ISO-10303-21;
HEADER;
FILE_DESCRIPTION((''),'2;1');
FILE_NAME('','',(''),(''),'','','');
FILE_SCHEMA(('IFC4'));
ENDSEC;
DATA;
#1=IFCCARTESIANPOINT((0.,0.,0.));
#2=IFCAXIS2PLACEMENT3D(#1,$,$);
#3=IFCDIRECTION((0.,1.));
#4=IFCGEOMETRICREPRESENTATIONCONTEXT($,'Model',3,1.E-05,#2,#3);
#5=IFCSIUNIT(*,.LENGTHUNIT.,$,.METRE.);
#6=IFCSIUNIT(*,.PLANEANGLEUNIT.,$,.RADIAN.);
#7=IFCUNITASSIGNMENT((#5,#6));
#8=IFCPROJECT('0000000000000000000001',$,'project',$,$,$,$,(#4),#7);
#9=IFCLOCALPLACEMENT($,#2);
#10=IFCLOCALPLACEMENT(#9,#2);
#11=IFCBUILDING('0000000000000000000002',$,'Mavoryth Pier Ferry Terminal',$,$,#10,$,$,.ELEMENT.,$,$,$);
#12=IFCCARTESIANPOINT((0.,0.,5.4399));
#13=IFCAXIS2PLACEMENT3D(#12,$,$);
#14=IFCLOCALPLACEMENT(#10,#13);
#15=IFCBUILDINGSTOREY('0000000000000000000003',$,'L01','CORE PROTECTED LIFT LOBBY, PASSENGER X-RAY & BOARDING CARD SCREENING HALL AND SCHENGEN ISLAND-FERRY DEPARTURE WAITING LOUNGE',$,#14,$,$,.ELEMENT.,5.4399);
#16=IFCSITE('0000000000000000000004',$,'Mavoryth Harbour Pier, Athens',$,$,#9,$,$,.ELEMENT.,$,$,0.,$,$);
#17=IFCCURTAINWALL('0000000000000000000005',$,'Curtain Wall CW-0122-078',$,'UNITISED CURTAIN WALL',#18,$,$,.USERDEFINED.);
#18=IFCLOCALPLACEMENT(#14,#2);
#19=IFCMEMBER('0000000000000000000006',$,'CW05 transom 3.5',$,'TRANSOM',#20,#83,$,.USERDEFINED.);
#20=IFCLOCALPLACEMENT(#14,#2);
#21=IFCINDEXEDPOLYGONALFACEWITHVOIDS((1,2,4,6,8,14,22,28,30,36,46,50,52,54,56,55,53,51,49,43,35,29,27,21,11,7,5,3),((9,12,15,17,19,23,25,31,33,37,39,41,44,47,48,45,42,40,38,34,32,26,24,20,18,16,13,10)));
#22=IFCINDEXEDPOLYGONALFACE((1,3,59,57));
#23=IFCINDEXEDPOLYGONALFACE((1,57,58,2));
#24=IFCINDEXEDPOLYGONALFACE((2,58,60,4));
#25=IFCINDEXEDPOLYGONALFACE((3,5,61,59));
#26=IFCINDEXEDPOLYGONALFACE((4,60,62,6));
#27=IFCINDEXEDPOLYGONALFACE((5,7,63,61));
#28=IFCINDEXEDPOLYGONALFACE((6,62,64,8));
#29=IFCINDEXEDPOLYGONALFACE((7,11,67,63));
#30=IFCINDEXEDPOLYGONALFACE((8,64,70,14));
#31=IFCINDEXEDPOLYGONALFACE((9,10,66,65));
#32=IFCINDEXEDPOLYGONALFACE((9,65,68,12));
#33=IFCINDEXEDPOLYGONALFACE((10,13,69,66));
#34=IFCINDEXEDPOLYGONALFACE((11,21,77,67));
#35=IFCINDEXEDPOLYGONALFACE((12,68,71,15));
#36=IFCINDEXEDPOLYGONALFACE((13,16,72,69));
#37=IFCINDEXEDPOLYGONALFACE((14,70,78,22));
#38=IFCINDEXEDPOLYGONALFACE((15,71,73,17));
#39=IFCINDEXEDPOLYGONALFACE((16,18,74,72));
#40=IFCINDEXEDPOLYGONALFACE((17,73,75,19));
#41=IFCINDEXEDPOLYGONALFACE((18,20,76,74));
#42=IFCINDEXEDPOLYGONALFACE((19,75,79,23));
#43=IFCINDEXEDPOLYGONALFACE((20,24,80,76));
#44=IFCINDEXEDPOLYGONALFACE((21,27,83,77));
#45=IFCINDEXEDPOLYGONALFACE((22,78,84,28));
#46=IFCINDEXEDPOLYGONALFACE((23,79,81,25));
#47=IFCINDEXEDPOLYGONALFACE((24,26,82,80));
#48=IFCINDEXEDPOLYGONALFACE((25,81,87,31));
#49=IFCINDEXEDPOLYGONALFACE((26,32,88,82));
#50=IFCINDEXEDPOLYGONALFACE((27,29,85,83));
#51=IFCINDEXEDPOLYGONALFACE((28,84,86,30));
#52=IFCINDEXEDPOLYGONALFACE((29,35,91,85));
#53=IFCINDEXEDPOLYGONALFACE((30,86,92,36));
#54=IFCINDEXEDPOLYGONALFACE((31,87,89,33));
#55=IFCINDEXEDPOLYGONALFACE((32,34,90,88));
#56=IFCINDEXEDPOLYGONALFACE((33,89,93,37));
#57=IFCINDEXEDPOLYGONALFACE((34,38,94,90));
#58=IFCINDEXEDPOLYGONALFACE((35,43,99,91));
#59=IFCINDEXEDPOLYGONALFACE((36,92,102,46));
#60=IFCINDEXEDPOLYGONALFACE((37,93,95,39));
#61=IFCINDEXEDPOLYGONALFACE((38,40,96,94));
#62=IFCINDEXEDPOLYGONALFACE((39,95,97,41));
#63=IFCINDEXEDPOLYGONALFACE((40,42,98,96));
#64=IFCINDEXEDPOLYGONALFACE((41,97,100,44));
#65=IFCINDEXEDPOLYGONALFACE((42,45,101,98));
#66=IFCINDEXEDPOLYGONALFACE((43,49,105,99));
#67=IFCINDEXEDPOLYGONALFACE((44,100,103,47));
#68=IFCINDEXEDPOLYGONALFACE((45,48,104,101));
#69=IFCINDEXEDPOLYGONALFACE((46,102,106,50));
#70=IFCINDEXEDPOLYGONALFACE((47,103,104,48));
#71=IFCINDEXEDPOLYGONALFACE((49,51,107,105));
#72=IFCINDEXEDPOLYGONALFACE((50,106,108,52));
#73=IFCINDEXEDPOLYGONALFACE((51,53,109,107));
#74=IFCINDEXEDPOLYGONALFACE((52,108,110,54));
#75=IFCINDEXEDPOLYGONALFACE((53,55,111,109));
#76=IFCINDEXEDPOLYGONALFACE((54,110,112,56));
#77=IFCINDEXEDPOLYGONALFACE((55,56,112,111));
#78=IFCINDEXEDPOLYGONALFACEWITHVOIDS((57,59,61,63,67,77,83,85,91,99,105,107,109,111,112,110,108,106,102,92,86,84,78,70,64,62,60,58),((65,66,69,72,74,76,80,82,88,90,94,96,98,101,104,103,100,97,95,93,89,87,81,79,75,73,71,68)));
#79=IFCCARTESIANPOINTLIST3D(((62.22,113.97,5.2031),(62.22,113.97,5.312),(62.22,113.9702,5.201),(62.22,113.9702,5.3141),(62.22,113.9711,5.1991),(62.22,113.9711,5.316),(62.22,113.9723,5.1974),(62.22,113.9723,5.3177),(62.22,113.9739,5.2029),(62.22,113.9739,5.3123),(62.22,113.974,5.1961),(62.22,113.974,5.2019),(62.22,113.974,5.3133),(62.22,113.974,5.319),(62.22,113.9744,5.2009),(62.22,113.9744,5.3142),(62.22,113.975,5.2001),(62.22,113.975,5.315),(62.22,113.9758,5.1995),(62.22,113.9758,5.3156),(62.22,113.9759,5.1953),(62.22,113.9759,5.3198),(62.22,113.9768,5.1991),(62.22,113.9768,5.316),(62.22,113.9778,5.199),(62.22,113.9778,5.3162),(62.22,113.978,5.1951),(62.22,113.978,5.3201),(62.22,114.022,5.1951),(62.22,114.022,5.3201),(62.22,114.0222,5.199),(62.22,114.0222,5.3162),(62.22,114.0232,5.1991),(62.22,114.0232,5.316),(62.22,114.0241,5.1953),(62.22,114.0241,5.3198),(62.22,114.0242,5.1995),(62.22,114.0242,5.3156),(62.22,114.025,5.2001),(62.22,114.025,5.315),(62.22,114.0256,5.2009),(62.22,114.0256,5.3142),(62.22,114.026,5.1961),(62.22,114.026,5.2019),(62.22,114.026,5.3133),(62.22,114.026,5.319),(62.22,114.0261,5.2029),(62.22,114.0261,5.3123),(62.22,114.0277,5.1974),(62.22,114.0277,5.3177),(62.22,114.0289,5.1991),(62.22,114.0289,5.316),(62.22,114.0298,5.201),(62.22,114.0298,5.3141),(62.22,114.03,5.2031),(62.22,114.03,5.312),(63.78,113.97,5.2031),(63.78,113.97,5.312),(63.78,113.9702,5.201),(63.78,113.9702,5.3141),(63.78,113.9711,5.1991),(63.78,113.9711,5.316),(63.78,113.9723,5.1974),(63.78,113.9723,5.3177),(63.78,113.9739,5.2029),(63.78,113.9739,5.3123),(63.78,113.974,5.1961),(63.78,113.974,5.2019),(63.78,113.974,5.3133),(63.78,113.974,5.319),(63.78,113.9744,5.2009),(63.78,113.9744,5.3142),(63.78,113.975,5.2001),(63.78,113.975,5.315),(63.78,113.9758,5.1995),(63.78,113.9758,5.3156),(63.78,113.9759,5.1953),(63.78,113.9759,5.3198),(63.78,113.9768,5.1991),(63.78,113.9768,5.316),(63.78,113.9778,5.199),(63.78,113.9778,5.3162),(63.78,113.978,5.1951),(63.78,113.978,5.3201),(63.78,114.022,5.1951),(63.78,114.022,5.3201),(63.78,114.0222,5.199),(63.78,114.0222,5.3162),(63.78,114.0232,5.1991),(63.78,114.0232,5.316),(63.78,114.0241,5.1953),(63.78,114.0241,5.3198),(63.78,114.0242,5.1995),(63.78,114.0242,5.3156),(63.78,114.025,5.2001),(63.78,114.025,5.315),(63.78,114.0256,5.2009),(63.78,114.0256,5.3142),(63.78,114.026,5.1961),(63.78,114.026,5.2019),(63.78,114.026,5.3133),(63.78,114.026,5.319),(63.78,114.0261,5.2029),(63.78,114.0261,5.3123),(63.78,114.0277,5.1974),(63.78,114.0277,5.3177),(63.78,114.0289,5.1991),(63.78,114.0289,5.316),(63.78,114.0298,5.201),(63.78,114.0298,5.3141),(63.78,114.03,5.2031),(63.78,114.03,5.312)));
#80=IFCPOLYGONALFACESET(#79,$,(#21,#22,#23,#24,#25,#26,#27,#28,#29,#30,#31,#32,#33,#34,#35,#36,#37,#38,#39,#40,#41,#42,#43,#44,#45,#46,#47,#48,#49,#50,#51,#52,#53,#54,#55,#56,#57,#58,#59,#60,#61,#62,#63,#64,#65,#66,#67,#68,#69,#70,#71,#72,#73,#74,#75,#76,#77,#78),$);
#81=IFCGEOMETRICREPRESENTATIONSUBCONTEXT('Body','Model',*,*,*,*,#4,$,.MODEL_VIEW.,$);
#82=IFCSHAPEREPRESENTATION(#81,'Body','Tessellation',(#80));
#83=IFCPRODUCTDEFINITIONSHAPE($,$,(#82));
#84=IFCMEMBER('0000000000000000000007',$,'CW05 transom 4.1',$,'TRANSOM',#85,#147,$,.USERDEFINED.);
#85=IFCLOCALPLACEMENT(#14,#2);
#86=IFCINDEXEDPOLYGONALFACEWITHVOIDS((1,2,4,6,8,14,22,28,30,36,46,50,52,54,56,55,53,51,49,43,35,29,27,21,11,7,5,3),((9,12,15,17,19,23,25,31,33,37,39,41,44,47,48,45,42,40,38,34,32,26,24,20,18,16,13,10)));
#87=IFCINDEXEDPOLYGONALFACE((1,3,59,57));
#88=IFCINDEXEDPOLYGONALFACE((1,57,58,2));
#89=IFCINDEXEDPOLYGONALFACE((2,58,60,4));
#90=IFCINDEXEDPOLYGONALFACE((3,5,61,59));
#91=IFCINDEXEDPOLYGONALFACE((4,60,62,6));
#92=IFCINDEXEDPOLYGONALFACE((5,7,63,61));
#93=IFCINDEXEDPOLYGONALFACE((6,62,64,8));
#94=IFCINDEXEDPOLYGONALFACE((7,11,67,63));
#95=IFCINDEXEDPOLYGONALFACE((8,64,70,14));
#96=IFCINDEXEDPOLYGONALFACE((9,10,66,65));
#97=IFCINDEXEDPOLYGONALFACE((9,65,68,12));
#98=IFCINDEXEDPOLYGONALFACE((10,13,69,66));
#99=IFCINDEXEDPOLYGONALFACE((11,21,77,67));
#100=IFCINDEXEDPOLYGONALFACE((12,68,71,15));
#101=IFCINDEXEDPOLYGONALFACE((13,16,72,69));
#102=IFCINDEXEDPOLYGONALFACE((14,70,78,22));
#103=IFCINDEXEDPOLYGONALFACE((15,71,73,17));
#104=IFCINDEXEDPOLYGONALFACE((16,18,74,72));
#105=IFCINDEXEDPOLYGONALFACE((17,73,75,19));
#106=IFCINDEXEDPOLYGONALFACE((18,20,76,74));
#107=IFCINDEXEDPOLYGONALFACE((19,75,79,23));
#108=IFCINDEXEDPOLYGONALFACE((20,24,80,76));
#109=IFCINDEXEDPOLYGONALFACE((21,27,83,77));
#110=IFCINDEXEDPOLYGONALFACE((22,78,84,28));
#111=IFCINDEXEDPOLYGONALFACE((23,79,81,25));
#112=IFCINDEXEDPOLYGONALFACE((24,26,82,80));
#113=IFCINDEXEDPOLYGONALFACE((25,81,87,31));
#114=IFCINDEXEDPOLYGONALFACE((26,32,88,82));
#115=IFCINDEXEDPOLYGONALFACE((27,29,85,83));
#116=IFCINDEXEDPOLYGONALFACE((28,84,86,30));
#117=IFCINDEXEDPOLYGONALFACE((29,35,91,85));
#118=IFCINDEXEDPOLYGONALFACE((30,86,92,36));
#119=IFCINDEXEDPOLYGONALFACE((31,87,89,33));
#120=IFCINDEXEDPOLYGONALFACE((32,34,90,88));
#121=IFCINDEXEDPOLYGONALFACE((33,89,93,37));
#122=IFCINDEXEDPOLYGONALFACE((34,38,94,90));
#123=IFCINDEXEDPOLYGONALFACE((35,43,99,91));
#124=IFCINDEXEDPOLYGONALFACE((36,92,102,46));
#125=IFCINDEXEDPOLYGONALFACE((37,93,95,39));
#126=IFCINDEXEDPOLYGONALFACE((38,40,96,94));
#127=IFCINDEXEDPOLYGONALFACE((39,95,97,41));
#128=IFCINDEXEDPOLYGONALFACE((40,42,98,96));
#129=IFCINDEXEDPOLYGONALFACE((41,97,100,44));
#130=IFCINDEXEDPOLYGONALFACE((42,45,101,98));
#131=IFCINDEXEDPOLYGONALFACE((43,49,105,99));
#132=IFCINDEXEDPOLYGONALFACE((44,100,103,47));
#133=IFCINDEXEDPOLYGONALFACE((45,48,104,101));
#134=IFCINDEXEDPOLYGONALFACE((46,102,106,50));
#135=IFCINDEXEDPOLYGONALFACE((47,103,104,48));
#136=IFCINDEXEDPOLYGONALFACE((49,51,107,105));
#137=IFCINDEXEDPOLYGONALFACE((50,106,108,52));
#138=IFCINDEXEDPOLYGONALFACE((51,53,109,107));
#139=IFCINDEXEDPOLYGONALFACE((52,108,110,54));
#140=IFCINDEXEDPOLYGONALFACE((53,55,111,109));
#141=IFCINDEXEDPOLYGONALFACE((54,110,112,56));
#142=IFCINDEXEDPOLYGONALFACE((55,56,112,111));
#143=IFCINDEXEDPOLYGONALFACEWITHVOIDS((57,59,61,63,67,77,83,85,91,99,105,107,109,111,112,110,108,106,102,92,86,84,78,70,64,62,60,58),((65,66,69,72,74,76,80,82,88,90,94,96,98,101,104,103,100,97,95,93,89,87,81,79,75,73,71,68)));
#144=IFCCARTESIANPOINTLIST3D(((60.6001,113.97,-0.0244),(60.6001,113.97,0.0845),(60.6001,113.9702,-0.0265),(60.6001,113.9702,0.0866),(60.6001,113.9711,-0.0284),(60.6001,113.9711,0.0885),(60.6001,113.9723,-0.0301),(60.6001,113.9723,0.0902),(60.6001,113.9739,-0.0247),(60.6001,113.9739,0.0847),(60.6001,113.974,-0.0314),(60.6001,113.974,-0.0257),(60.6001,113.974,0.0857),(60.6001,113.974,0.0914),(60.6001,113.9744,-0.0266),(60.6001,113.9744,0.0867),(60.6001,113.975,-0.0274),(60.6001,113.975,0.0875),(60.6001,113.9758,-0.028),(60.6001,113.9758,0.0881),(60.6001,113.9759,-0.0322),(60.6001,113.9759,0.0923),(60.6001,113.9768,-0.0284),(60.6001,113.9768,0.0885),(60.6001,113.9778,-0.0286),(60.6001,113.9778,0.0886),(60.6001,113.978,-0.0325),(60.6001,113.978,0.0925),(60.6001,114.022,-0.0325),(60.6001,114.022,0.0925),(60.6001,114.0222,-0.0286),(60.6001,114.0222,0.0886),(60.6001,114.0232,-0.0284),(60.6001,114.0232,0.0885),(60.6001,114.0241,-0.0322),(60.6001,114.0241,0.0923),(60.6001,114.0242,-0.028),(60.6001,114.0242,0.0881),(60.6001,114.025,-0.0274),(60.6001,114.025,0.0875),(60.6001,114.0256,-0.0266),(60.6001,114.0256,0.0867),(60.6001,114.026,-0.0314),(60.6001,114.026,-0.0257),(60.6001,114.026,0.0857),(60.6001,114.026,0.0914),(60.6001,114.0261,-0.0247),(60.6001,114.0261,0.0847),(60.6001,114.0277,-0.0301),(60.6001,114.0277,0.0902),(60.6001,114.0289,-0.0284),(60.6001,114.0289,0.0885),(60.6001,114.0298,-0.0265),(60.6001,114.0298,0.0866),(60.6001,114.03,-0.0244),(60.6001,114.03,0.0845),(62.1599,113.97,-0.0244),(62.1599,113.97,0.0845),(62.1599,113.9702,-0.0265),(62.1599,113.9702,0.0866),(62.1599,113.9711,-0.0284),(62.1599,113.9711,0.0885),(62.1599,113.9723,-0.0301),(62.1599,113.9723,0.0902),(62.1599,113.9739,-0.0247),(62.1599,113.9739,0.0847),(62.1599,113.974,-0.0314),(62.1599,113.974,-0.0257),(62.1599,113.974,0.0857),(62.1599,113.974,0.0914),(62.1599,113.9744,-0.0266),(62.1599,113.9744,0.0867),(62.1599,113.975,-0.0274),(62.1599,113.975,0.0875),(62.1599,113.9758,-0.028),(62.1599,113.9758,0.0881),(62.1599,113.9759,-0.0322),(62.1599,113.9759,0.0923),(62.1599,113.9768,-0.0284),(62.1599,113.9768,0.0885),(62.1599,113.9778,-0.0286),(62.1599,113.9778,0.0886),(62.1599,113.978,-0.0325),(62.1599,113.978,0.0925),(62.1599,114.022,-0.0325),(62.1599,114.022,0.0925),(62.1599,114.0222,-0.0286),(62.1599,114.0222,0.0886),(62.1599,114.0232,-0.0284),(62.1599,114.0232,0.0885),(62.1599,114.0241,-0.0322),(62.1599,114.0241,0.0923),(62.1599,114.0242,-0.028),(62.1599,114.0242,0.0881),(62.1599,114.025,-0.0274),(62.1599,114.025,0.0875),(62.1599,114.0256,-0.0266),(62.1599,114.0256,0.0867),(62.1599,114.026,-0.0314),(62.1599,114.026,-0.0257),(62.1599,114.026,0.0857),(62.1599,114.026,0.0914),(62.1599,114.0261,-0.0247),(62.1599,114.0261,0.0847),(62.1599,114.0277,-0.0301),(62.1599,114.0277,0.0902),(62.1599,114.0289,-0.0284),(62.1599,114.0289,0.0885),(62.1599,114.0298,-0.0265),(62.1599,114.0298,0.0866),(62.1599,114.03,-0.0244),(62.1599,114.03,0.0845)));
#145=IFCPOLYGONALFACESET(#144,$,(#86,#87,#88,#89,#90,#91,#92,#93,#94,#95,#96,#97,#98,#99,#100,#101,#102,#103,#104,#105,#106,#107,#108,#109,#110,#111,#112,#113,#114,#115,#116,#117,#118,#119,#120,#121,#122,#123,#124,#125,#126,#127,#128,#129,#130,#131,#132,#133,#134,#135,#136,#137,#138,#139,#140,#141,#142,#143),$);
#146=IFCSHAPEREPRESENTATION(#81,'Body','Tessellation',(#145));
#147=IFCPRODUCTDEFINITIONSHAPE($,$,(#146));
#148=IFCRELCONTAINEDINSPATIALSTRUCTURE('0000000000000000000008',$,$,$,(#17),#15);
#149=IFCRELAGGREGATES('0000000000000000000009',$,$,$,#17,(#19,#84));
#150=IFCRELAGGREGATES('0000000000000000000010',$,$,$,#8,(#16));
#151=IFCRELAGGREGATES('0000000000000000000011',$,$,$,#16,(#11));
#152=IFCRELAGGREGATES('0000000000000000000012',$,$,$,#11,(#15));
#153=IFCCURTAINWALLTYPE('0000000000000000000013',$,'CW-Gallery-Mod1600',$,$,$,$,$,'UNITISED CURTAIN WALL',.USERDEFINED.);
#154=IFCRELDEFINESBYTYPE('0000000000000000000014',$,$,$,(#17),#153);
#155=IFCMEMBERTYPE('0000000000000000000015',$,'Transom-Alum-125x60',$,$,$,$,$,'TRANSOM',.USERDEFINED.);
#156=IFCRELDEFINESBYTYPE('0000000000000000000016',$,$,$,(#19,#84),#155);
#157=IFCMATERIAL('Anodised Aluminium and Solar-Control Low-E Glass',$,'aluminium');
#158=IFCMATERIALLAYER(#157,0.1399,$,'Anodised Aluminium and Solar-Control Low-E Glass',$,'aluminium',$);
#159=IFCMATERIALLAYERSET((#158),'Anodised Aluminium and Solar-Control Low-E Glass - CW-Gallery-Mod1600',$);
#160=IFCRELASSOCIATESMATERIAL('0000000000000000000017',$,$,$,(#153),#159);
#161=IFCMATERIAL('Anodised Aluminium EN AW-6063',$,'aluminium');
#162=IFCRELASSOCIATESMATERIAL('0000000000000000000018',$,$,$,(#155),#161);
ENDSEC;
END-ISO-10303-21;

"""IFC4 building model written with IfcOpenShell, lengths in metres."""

from ifc_helpers import new_model, si_unit, direction, frame, origin, origin_2d, place, context, subcontext, project, spatial, hollow_rectangle, extrude, material, layer, layer_set, material_profile, profile_set, type_object, element, aggregate, save


model = new_model("IFC4")

# Units and contexts
model_context = context("Model", 3, precision=1e-05, world=origin(), true_north=direction((0.0, 1.0)))
body_context = subcontext(model_context, "Body", "Model", "MODEL_VIEW")
ifc_project = project(units=[si_unit("LENGTHUNIT", "METRE"), si_unit("PLANEANGLEUNIT", "RADIAN")], contexts=[model_context])

# Site, building, storey
site_placement = place(None, origin())
site = spatial("IfcSite", under=ifc_project, at=site_placement, Name="Mavoryth Harbour Pier, Athens", CompositionType="ELEMENT", RefElevation=0.0)
building_placement = place(site_placement, origin())
building = spatial("IfcBuilding", under=site, at=building_placement, Name="Mavoryth Pier Ferry Terminal", CompositionType="ELEMENT")
storey_placement = place(building_placement, frame((0.0, 0.0, 5.4399)))
storey = spatial("IfcBuildingStorey", under=building, at=storey_placement, Name="L01", Description="CORE PROTECTED LIFT LOBBY, PASSENGER X-RAY & BOARDING CARD SCREENING HALL AND SCHENGEN ISLAND-FERRY DEPARTURE WAITING LOUNGE", CompositionType="ELEMENT", Elevation=5.4399)

# Curtain wall
ifc_material_1 = material(Name="Anodised Aluminium and Solar-Control Low-E Glass", Category="aluminium")
ifc_layer_1 = layer(ifc_material_1, 0.1399, Name="Anodised Aluminium and Solar-Control Low-E Glass", Category="aluminium")
ifc_layer_set_1 = layer_set([ifc_layer_1], Name="Anodised Aluminium and Solar-Control Low-E Glass - CW-Gallery-Mod1600")
curtain_wall_type = type_object("IfcCurtainWallType", Name="CW-Gallery-Mod1600", ElementType="UNITISED CURTAIN WALL", PredefinedType="USERDEFINED", material=ifc_layer_set_1)
curtain_wall_placement = place(storey_placement, origin())
curtain_wall = element("IfcCurtainWall", 1, at=curtain_wall_placement, inside=storey, type_object=curtain_wall_type, Name="Curtain Wall CW-0122-078", ObjectType="UNITISED CURTAIN WALL", PredefinedType="USERDEFINED")
ifc_material_2 = material(Name="Anodised Aluminium EN AW-6063", Category="aluminium")

# Members
ifc_material_profile_1 = material_profile(ifc_material_2, hollow_rectangle(XDim=0.0601, YDim=0.125, WallThickness=0.0039, InnerFilletRadius=0.0039, OuterFilletRadius=0.0081, at=origin_2d()), Name="AL-TRAN 125x60x4", Category="aluminium")
ifc_profile_set_1 = profile_set([ifc_material_profile_1], Name="Anodised Aluminium EN AW-6063 - AL-TRAN 125x60x4")
member_type_1 = type_object("IfcMemberType", Name="Transom-Alum-125x60", ElementType="TRANSOM", PredefinedType="USERDEFINED", material=ifc_profile_set_1)
member_1_placement = place(storey_placement, frame((63.78, 114.0, 5.2576), z_axis=(-1.0, 0.0, 0.0), x_axis=(0.0, -1.0, 0.0)))
member_1 = element("IfcMember", 2, at=member_1_placement, type_object=member_type_1, Name="CW05 transom 3.5", ObjectType="TRANSOM", PredefinedType="USERDEFINED", context=body_context, shape_type="SweptSolid", body=[
    extrude(hollow_rectangle(XDim=0.0601, YDim=0.125, WallThickness=0.0039, InnerFilletRadius=0.0039, OuterFilletRadius=0.0081, at=origin_2d()), origin(), (0.0, 0.0, 1.0), 1.5601),
])
member_2_placement = place(storey_placement, frame((62.1599, 114.0, 0.03), z_axis=(-1.0, 0.0, 0.0), x_axis=(0.0, -1.0, 0.0)))
member_2 = element("IfcMember", 3, at=member_2_placement, type_object=member_type_1, Name="CW05 transom 4.1", ObjectType="TRANSOM", PredefinedType="USERDEFINED", context=body_context, shape_type="SweptSolid", body=[
    extrude(hollow_rectangle(XDim=0.0601, YDim=0.125, WallThickness=0.0039, InnerFilletRadius=0.0039, OuterFilletRadius=0.0081, at=origin_2d()), origin(), (0.0, 0.0, 1.0), 1.5598),
])

aggregate(curtain_wall, [member_1, member_2])

save(model, "model.ifc")
